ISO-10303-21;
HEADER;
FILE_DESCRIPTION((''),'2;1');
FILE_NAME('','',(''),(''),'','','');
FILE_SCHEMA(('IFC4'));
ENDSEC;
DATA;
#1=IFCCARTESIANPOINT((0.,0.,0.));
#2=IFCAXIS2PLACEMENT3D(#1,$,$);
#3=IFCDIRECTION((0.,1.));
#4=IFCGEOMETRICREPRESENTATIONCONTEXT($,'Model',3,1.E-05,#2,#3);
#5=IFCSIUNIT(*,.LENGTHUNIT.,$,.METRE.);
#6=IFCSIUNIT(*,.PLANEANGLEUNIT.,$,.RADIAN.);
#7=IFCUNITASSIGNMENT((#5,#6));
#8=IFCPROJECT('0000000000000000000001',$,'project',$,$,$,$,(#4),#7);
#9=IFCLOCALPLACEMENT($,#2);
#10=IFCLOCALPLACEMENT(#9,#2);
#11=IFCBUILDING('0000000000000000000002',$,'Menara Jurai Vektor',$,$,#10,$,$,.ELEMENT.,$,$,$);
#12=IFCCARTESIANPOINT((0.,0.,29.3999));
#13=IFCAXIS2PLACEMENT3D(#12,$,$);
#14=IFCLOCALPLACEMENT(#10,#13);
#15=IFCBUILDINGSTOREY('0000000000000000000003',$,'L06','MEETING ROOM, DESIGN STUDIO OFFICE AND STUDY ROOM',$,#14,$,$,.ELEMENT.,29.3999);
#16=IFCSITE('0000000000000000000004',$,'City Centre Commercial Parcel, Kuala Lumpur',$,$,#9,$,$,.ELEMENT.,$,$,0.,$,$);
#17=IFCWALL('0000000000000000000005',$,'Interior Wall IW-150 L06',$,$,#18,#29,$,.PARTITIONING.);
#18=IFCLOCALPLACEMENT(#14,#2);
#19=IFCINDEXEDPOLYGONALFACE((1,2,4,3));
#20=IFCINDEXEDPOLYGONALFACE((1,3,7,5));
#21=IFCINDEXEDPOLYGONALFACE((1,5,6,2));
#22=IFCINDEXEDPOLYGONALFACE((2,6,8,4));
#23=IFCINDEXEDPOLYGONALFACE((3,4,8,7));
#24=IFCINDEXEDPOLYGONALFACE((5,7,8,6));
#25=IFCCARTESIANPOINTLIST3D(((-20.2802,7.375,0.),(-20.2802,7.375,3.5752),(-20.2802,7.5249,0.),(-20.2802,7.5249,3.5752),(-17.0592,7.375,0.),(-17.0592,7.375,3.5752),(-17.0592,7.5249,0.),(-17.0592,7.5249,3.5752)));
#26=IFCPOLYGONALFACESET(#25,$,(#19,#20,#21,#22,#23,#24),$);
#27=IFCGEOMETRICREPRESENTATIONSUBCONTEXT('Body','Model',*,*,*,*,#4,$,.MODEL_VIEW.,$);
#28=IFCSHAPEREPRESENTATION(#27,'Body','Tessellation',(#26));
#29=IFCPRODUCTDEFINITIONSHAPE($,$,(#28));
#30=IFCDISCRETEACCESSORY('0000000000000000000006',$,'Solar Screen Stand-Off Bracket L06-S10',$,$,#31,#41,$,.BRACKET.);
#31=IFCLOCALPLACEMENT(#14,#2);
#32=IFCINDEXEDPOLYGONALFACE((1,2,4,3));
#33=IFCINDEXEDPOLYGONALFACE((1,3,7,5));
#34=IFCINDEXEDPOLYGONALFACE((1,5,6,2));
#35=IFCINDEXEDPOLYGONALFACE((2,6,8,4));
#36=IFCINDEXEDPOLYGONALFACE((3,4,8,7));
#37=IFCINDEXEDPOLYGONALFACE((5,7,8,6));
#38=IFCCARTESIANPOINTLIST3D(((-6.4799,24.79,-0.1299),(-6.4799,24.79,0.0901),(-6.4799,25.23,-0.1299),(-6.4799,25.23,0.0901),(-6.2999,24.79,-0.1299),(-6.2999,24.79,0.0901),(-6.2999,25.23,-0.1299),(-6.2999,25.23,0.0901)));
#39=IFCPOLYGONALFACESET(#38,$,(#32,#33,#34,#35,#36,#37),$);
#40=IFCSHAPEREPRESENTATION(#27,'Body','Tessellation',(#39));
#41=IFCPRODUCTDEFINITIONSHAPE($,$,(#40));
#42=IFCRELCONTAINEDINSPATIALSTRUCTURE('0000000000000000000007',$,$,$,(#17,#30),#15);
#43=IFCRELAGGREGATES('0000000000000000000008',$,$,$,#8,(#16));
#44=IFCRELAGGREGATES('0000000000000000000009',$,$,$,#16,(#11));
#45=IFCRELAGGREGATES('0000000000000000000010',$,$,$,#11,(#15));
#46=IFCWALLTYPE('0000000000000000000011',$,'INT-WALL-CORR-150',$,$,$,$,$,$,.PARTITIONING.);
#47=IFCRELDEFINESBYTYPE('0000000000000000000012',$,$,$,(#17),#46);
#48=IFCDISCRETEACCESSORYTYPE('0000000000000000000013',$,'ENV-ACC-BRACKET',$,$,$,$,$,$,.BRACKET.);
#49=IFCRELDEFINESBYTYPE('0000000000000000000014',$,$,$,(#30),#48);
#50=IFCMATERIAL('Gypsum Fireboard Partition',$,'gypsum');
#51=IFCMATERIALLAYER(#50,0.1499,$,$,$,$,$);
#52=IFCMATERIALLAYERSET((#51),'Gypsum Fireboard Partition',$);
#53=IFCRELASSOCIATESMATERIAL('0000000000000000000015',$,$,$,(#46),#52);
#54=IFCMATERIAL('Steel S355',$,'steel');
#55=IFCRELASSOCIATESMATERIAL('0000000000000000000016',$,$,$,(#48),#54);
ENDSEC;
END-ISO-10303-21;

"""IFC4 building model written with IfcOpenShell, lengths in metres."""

from ifc_helpers import new_model, si_unit, direction, frame, frame_2d, origin, origin_2d, place, context, subcontext, project, spatial, rectangle, extrude, material, layer, layer_set, type_object, element, save


model = new_model("IFC4")

# Units and contexts
model_context = context("Model", 3, precision=1e-05, world=origin(), true_north=direction((0.0, 1.0)))
body_context = subcontext(model_context, "Body", "Model", "MODEL_VIEW")
ifc_project = project(units=[si_unit("LENGTHUNIT", "METRE"), si_unit("PLANEANGLEUNIT", "RADIAN")], contexts=[model_context])

# Site, building, storey
site_placement = place(None, origin())
site = spatial("IfcSite", under=ifc_project, at=site_placement, Name="City Centre Commercial Parcel, Kuala Lumpur", CompositionType="ELEMENT", RefElevation=0.0)
building_placement = place(site_placement, origin())
building = spatial("IfcBuilding", under=site, at=building_placement, Name="Menara Jurai Vektor", CompositionType="ELEMENT")
storey_placement = place(building_placement, frame((0.0, 0.0, 29.3999)))
storey = spatial("IfcBuildingStorey", under=building, at=storey_placement, Name="L06", Description="MEETING ROOM, DESIGN STUDIO OFFICE AND STUDY ROOM", CompositionType="ELEMENT", Elevation=29.3999)

# Shared definitions
ifc_material_1 = material(Name="Steel S355", Category="steel")

# Shared definitions
ifc_material_2 = material(Name="Gypsum Fireboard Partition", Category="gypsum")
ifc_layer_1 = layer(ifc_material_2, 0.1499)
ifc_layer_set_1 = layer_set([ifc_layer_1], Name="Gypsum Fireboard Partition")
wall_type = type_object("IfcWallType", Name="INT-WALL-CORR-150", PredefinedType="PARTITIONING", material=ifc_layer_set_1)

# Wall
wall_1_placement = place(storey_placement, frame((-20.28, 7.45, 0.0), z_axis=(0.0, 0.0, 1.0), x_axis=(1.0, 0.0, 0.0)))
element("IfcWall", 1, at=wall_1_placement, inside=storey, type_object=wall_type, Name="Interior Wall IW-150 L06", PredefinedType="PARTITIONING", context=body_context, shape_type="SweptSolid", body=[
    extrude(rectangle(XDim=3.2209, YDim=0.1499, at=frame_2d((1.6104, 0.0))), origin(), (0.0, 0.0, 1.0), 3.5752),
])

# Discrete accessory
discrete_accessory_type = type_object("IfcDiscreteAccessoryType", Name="ENV-ACC-BRACKET", PredefinedType="BRACKET", material=ifc_material_1)
discrete_accessory_placement = place(storey_placement, frame((-6.3899, 25.01, -0.1299), z_axis=(0.0, 0.0, 1.0), x_axis=(-1.0, 0.0, 0.0)))
element("IfcDiscreteAccessory", 2, at=discrete_accessory_placement, inside=storey, type_object=discrete_accessory_type, Name="Solar Screen Stand-Off Bracket L06-S10", PredefinedType="BRACKET", context=body_context, shape_type="SweptSolid", body=[
    extrude(rectangle(XDim=0.1799, YDim=0.4399, at=origin_2d()), origin(), (0.0, 0.0, 1.0), 0.22),
])

save(model, "model.ifc")
